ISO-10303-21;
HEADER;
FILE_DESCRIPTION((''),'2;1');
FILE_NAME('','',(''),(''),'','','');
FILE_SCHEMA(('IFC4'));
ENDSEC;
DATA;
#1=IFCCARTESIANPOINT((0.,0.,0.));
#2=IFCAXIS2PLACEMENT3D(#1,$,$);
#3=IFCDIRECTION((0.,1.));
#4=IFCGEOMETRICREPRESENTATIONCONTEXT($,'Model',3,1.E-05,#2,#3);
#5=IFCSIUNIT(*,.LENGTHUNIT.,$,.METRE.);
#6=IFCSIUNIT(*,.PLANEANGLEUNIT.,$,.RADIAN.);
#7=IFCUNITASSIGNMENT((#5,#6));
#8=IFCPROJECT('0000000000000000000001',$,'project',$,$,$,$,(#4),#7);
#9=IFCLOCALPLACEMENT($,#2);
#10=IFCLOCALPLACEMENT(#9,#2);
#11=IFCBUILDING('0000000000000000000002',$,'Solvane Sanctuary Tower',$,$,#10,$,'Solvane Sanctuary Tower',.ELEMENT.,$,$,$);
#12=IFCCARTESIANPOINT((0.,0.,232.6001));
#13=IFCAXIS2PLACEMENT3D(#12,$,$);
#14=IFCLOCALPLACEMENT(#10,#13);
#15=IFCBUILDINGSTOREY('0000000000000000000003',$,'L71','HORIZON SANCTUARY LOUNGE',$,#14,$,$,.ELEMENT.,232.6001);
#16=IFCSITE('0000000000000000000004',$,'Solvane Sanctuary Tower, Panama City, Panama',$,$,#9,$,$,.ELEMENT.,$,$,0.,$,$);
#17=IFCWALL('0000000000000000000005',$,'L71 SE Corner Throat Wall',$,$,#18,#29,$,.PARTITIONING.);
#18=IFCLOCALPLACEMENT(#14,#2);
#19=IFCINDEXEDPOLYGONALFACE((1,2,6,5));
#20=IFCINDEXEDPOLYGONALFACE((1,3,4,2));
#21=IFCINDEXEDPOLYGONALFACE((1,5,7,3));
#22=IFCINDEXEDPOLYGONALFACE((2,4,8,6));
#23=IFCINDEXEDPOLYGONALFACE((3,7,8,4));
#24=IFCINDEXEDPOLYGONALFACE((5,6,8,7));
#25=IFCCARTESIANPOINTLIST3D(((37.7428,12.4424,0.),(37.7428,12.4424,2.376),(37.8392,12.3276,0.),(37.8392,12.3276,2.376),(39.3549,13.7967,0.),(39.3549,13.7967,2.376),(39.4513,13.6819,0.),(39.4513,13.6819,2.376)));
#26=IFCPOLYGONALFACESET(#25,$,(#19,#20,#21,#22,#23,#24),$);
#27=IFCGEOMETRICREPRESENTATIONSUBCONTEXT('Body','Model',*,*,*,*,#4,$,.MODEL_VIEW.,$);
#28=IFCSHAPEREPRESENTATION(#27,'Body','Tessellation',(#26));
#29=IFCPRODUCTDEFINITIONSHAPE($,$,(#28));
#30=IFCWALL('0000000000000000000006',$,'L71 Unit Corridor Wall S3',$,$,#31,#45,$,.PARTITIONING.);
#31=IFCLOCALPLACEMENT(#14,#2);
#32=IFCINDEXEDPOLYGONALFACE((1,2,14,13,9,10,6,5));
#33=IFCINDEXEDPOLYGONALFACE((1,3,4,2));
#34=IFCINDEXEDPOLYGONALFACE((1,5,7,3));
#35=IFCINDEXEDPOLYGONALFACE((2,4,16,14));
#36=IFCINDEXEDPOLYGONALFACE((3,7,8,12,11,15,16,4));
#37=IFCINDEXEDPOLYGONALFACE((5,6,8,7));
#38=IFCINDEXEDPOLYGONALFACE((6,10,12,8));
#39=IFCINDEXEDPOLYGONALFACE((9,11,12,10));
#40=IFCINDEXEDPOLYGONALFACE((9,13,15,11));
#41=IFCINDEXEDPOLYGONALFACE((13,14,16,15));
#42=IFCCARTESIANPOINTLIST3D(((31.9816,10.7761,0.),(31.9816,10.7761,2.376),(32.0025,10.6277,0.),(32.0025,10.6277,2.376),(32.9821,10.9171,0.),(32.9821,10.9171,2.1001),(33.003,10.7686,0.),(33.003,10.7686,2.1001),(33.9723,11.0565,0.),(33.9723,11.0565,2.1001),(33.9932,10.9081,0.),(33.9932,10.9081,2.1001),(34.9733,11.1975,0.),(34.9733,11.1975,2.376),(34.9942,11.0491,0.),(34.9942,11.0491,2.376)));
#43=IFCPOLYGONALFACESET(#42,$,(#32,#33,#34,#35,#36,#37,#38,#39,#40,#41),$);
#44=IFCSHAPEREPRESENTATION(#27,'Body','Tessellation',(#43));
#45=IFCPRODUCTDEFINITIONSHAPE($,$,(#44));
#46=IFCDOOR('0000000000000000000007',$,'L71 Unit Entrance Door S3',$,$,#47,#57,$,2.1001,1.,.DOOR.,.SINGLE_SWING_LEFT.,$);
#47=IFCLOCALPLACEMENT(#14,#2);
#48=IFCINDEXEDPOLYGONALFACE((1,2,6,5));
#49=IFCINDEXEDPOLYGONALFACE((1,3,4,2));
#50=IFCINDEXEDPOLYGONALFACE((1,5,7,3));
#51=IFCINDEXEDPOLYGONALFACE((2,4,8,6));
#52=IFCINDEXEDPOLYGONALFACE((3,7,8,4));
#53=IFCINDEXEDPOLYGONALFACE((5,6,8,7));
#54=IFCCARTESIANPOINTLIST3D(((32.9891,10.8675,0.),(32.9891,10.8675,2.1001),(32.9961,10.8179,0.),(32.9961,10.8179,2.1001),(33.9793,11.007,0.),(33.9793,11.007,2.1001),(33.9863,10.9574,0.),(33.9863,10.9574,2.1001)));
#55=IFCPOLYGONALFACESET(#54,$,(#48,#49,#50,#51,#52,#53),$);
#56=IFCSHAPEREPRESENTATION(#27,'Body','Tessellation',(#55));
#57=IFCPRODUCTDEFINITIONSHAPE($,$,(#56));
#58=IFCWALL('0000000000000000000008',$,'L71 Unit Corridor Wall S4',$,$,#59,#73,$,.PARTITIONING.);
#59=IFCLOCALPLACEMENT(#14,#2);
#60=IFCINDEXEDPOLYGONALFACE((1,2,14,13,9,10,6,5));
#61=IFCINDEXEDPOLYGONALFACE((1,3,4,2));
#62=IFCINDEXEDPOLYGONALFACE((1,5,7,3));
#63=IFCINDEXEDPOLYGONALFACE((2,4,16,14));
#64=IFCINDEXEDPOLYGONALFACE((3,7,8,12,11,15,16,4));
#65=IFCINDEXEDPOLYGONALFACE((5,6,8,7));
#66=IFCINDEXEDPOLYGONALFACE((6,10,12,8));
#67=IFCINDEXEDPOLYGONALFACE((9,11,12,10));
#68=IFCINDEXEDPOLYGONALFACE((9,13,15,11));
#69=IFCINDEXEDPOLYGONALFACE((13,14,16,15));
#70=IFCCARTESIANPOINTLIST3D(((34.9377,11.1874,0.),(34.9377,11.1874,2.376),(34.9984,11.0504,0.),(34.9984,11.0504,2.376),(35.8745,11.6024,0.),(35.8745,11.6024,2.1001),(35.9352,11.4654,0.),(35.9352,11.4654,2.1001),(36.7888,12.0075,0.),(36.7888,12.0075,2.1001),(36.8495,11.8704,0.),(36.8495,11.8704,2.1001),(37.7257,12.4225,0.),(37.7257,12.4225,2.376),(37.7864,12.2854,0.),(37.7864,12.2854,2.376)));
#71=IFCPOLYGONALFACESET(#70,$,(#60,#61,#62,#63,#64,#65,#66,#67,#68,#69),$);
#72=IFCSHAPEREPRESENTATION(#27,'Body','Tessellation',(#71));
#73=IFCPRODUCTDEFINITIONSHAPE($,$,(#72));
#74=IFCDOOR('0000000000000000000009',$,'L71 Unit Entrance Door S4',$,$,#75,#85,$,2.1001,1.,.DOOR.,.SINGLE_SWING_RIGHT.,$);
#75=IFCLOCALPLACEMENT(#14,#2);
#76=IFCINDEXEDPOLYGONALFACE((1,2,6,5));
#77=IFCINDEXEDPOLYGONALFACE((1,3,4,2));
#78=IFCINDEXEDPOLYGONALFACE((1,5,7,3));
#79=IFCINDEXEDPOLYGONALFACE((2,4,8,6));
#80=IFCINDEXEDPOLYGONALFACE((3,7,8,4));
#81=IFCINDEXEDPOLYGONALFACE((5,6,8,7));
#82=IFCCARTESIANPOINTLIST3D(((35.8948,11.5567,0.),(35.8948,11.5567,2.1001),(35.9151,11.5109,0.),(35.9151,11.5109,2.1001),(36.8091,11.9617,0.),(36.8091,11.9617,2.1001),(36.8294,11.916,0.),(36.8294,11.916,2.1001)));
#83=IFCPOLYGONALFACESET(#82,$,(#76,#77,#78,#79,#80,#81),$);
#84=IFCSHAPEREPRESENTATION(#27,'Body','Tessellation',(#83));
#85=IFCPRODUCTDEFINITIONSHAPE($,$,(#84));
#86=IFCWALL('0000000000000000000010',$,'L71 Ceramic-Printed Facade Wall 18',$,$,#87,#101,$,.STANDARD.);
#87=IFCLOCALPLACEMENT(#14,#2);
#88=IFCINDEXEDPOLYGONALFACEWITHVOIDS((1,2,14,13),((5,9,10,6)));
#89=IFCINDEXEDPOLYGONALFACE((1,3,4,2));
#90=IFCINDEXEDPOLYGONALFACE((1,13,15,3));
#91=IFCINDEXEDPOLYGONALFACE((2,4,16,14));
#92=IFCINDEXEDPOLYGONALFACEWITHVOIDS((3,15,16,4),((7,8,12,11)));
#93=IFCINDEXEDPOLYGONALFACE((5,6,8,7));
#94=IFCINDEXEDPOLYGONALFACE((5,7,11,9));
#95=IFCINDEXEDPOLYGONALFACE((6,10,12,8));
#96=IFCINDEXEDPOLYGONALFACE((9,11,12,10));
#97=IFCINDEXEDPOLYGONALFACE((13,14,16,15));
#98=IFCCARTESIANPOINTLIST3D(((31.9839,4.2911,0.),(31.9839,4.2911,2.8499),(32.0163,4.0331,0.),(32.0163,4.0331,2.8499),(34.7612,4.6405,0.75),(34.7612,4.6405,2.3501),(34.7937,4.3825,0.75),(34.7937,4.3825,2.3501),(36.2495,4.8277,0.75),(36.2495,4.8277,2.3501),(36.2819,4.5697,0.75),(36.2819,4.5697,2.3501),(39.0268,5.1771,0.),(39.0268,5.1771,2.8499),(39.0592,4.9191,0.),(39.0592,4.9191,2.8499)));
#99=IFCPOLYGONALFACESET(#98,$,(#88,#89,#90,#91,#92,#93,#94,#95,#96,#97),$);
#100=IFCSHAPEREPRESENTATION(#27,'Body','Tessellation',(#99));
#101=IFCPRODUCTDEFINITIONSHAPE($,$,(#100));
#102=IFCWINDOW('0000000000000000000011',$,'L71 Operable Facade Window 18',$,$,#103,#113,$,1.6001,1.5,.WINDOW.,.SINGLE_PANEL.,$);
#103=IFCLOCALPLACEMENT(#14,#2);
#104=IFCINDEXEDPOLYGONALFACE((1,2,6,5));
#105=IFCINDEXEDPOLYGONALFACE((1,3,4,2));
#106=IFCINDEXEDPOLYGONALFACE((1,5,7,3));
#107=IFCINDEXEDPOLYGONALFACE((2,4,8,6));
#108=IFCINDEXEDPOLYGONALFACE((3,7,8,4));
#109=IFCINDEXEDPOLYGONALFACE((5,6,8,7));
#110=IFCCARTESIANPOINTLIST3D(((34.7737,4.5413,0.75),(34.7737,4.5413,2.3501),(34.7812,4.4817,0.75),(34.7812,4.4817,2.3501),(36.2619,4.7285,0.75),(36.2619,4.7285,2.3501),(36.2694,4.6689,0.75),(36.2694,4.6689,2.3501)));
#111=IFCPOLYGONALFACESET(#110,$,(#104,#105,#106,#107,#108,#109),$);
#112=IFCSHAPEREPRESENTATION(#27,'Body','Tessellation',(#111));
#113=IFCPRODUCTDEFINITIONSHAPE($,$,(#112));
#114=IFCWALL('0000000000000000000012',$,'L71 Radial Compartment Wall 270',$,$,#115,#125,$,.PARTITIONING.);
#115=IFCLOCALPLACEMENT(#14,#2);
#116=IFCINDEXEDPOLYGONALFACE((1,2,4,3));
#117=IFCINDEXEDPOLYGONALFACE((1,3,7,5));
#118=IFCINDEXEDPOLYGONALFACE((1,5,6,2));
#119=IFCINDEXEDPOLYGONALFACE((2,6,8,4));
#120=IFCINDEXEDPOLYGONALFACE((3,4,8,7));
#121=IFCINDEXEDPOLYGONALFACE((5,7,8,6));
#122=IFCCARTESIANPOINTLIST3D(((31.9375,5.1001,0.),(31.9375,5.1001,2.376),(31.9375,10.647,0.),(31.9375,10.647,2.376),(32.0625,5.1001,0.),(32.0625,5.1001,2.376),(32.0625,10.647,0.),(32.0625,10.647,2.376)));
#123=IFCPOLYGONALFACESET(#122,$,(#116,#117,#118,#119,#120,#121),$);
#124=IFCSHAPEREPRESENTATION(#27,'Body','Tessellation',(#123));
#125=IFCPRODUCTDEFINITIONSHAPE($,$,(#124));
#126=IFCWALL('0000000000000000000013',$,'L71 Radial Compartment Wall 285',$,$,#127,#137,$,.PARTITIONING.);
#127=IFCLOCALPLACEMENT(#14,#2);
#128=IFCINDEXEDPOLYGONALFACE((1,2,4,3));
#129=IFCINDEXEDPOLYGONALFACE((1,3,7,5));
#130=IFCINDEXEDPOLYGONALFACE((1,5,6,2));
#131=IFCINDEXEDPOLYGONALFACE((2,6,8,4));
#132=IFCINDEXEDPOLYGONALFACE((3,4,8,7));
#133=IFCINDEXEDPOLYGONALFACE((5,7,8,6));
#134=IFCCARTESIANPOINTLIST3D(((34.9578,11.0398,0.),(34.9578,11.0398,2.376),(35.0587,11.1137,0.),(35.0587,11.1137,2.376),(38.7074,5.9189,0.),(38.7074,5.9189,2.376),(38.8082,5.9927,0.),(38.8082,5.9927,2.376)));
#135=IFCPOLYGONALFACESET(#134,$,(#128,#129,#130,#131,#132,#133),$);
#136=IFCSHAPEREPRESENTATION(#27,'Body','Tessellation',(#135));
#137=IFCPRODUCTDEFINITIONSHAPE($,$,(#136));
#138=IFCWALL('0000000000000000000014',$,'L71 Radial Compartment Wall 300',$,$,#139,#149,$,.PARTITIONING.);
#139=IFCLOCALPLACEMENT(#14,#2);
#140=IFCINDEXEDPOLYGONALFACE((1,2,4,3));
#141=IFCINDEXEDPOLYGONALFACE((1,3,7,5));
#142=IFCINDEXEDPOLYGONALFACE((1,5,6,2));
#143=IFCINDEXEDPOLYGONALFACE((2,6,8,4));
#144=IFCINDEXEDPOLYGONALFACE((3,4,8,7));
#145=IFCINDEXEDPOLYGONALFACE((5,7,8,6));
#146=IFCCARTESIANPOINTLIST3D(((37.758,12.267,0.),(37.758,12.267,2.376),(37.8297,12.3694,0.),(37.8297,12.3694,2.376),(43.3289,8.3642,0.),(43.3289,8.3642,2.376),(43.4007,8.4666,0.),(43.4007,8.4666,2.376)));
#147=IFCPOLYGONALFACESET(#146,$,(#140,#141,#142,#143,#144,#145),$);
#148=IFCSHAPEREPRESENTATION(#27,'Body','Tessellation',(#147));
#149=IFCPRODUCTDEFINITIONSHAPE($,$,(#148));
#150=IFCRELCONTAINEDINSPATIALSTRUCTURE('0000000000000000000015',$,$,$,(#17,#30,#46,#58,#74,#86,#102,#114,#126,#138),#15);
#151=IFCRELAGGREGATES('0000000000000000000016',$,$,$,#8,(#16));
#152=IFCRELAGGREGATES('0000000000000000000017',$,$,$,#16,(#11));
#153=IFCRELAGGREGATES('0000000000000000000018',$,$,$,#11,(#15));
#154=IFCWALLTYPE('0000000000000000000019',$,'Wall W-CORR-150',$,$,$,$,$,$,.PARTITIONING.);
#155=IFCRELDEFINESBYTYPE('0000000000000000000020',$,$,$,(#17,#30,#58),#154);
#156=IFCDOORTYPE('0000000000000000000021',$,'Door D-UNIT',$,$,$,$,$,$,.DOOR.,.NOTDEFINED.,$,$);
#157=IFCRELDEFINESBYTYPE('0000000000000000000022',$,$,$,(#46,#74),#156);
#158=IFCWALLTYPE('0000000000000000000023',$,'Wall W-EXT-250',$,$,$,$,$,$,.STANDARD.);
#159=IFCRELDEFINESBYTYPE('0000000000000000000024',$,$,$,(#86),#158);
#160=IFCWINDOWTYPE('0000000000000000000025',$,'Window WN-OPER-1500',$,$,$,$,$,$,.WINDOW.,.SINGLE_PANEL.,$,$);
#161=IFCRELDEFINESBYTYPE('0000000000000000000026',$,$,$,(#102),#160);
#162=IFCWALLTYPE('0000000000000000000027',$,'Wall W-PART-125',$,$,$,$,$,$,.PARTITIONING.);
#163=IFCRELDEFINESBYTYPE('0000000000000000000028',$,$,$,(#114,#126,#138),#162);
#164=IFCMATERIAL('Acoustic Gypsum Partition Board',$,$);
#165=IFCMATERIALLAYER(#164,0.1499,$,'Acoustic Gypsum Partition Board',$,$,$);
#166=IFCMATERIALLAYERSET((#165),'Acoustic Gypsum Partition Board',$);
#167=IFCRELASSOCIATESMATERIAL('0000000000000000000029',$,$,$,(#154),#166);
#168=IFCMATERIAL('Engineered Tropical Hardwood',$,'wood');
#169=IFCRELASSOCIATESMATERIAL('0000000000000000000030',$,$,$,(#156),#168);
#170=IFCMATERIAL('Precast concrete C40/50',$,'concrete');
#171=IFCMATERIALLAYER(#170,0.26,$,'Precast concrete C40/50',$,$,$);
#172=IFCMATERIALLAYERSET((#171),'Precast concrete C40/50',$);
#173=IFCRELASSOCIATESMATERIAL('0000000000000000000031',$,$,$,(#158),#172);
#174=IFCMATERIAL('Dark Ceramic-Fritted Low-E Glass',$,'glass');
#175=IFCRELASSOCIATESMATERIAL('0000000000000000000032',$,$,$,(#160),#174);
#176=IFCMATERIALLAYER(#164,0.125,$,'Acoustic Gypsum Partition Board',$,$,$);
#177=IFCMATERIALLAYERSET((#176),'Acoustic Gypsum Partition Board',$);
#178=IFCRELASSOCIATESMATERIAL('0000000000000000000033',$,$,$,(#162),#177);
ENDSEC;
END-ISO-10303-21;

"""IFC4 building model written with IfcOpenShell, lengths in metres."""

from ifc_helpers import new_model, si_unit, direction, frame, frame_2d, origin, place, context, subcontext, project, spatial, rectangle, extrude, material, layer, layer_set, type_object, element, fill, save


model = new_model("IFC4")

# Units and contexts
model_context = context("Model", 3, precision=1e-05, world=origin(), true_north=direction((0.0, 1.0)))
body_context = subcontext(model_context, "Body", "Model", "MODEL_VIEW")
ifc_project = project(units=[si_unit("LENGTHUNIT", "METRE"), si_unit("PLANEANGLEUNIT", "RADIAN")], contexts=[model_context])

# Site, building, storey
site_placement = place(None, origin())
site = spatial("IfcSite", under=ifc_project, at=site_placement, Name="Solvane Sanctuary Tower, Panama City, Panama", CompositionType="ELEMENT", RefElevation=0.0)
building_placement = place(site_placement, origin())
building = spatial("IfcBuilding", under=site, at=building_placement, Name="Solvane Sanctuary Tower", LongName="Solvane Sanctuary Tower", CompositionType="ELEMENT")
storey_placement = place(building_placement, frame((0.0, 0.0, 232.6001)))
storey = spatial("IfcBuildingStorey", under=building, at=storey_placement, Name="L71", Description="HORIZON SANCTUARY LOUNGE", CompositionType="ELEMENT", Elevation=232.6001)

# Shared definitions
ifc_material_1 = material(Name="Acoustic Gypsum Partition Board")
ifc_layer_1 = layer(ifc_material_1, 0.1499, Name="Acoustic Gypsum Partition Board")
ifc_layer_set_1 = layer_set([ifc_layer_1], Name="Acoustic Gypsum Partition Board")
wall_type_1 = type_object("IfcWallType", Name="Wall W-CORR-150", PredefinedType="PARTITIONING", material=ifc_layer_set_1)

# Shared definitions
ifc_material_2 = material(Name="Engineered Tropical Hardwood", Category="wood")

# Wall
wall_1_placement = place(storey_placement, frame((37.791, 12.385, 0.0), z_axis=(0.0, 0.0, 1.0), x_axis=(0.765677, 0.643225, 0.0)))
element("IfcWall", 1, at=wall_1_placement, inside=storey, type_object=wall_type_1, Name="L71 SE Corner Throat Wall", PredefinedType="PARTITIONING", context=body_context, shape_type="SweptSolid", body=[
    extrude(rectangle(XDim=2.1055, YDim=0.1499, at=frame_2d((1.0527, 0.0))), origin(), (0.0, 0.0, 1.0), 2.376),
])

# Walls, openings, doors
wall_2_placement = place(storey_placement, frame((31.9919, 10.7019, 0.0), z_axis=(0.0, 0.0, 1.0), x_axis=(0.990226, 0.139475, 0.0)))
wall_2 = element("IfcWall", 2, at=wall_2_placement, inside=storey, type_object=wall_type_1, Name="L71 Unit Corridor Wall S3", PredefinedType="PARTITIONING", context=body_context, shape_type="SweptSolid", body=[
    extrude(rectangle(XDim=3.0212, YDim=0.1499, at=frame_2d((1.5107, 0.0))), origin(), (0.0, 0.0, 1.0), 2.376),
])
opening_1_placement = place(wall_2_placement, frame((1.0105, 0.0, 0.0)))
opening_1 = element("IfcOpeningElement", 3, at=opening_1_placement, cuts=wall_2, PredefinedType="OPENING", context=body_context, shape_type="SweptSolid", body=[
    extrude(rectangle(XDim=1.0, YDim=2.1001, at=frame_2d((0.5, 1.05))), frame((0.0, 0.085, 0.0), z_axis=(0.0, -1.0, 0.0), x_axis=(1.0, 0.0, 0.0)), (0.0, 0.0, 1.0), 0.1699),
])
door_type_1 = type_object("IfcDoorType", Name="Door D-UNIT", OperationType="NOTDEFINED", PredefinedType="DOOR", material=ifc_material_2)
door_1_placement = place(opening_1_placement, origin())
door_1 = element("IfcDoor", 4, at=door_1_placement, inside=storey, type_object=door_type_1, Name="L71 Unit Entrance Door S3", OperationType="SINGLE_SWING_LEFT", OverallHeight=2.1001, OverallWidth=1.0, PredefinedType="DOOR", context=body_context, shape_type="SweptSolid", body=[
    extrude(rectangle(XDim=1.0, YDim=2.1001, at=frame_2d((0.5, 1.05))), frame((0.0, 0.0249, 0.0), z_axis=(0.0, -1.0, 0.0), x_axis=(1.0, 0.0, 0.0)), (0.0, 0.0, 1.0), 0.05),
])
fill(opening_1, door_1)
wall_3_placement = place(storey_placement, frame((34.968, 11.1189, 0.0), z_axis=(0.0, 0.0, 1.0), x_axis=(0.914303, 0.405031, 0.0)))
wall_3 = element("IfcWall", 5, at=wall_3_placement, inside=storey, type_object=wall_type_1, Name="L71 Unit Corridor Wall S4", PredefinedType="PARTITIONING", context=body_context, shape_type="SweptSolid", body=[
    extrude(rectangle(XDim=3.0493, YDim=0.1499, at=frame_2d((1.5247, 0.0))), origin(), (0.0, 0.0, 1.0), 2.376),
])
opening_2_placement = place(wall_3_placement, frame((1.0247, 0.0, 0.0)))
opening_2 = element("IfcOpeningElement", 6, at=opening_2_placement, cuts=wall_3, PredefinedType="OPENING", context=body_context, shape_type="SweptSolid", body=[
    extrude(rectangle(XDim=1.0, YDim=2.1001, at=frame_2d((0.5, 1.05))), frame((0.0, 0.085, 0.0), z_axis=(0.0, -1.0, 0.0), x_axis=(1.0, 0.0, 0.0)), (0.0, 0.0, 1.0), 0.1699),
])
door_2_placement = place(opening_2_placement, origin())
door_2 = element("IfcDoor", 7, at=door_2_placement, inside=storey, type_object=door_type_1, Name="L71 Unit Entrance Door S4", OperationType="SINGLE_SWING_RIGHT", OverallHeight=2.1001, OverallWidth=1.0, PredefinedType="DOOR", context=body_context, shape_type="SweptSolid", body=[
    extrude(rectangle(XDim=1.0, YDim=2.1001, at=frame_2d((0.5, 1.05))), frame((0.0, 0.0249, 0.0), z_axis=(0.0, -1.0, 0.0), x_axis=(1.0, 0.0, 0.0)), (0.0, 0.0, 1.0), 0.05),
])
fill(opening_2, door_2)

# Wall, opening, window
ifc_material_3 = material(Name="Precast concrete C40/50", Category="concrete")
ifc_layer_2 = layer(ifc_material_3, 0.26, Name="Precast concrete C40/50")
ifc_layer_set_2 = layer_set([ifc_layer_2], Name="Precast concrete C40/50")
wall_type_2 = type_object("IfcWallType", Name="Wall W-EXT-250", PredefinedType="STANDARD", material=ifc_layer_set_2)
wall_4_placement = place(storey_placement, frame((32.0, 4.1621, 0.0), z_axis=(0.0, 0.0, 1.0), x_axis=(0.99218, 0.124814, 0.0)))
wall_4 = element("IfcWall", 8, at=wall_4_placement, inside=storey, type_object=wall_type_2, Name="L71 Ceramic-Printed Facade Wall 18", PredefinedType="STANDARD", context=body_context, shape_type="SweptSolid", body=[
    extrude(rectangle(XDim=7.0984, YDim=0.26, at=frame_2d((3.5493, 0.0))), origin(), (0.0, 0.0, 1.0), 2.8499),
])
opening_3_placement = place(wall_4_placement, frame((2.7993, 0.0, 0.75)))
opening_3 = element("IfcOpeningElement", 9, at=opening_3_placement, cuts=wall_4, PredefinedType="OPENING", context=body_context, shape_type="SweptSolid", body=[
    extrude(rectangle(XDim=1.5, YDim=1.6001, at=frame_2d((0.75, 0.8))), frame((0.0, 0.1399, 0.0), z_axis=(0.0, -1.0, 0.0), x_axis=(1.0, 0.0, 0.0)), (0.0, 0.0, 1.0), 0.28),
])
ifc_material_4 = material(Name="Dark Ceramic-Fritted Low-E Glass", Category="glass")
window_type = type_object("IfcWindowType", Name="Window WN-OPER-1500", PartitioningType="SINGLE_PANEL", PredefinedType="WINDOW", material=ifc_material_4)
window_placement = place(opening_3_placement, origin())
window = element("IfcWindow", 10, at=window_placement, inside=storey, type_object=window_type, Name="L71 Operable Facade Window 18", OverallHeight=1.6001, OverallWidth=1.5, PartitioningType="SINGLE_PANEL", PredefinedType="WINDOW", context=body_context, shape_type="SweptSolid", body=[
    extrude(rectangle(XDim=1.5, YDim=1.6001, at=frame_2d((0.75, 0.8))), frame((0.0, 0.03, 0.0), z_axis=(0.0, -1.0, 0.0), x_axis=(1.0, 0.0, 0.0)), (0.0, 0.0, 1.0), 0.0601),
])
fill(opening_3, window)

# Walls
ifc_layer_3 = layer(ifc_material_1, 0.125, Name="Acoustic Gypsum Partition Board")
ifc_layer_set_3 = layer_set([ifc_layer_3], Name="Acoustic Gypsum Partition Board")
wall_type_3 = type_object("IfcWallType", Name="Wall W-PART-125", PredefinedType="PARTITIONING", material=ifc_layer_set_3)
wall_5_placement = place(storey_placement, frame((32.0, 10.647, 0.0), z_axis=(0.0, 0.0, 1.0), x_axis=(0.0, -1.0, 0.0)))
element("IfcWall", 11, at=wall_5_placement, inside=storey, type_object=wall_type_3, Name="L71 Radial Compartment Wall 270", PredefinedType="PARTITIONING", context=body_context, shape_type="SweptSolid", body=[
    extrude(rectangle(XDim=5.5469, YDim=0.125, at=frame_2d((2.7734, 0.0))), origin(), (0.0, 0.0, 1.0), 2.376),
])
wall_6_placement = place(storey_placement, frame((35.0083, 11.0767, 0.0), z_axis=(0.0, 0.0, 1.0), x_axis=(0.590771, -0.806839, 0.0)))
element("IfcWall", 12, at=wall_6_placement, inside=storey, type_object=wall_type_3, Name="L71 Radial Compartment Wall 285", PredefinedType="PARTITIONING", context=body_context, shape_type="SweptSolid", body=[
    extrude(rectangle(XDim=6.3469, YDim=0.125, at=frame_2d((3.1733, 0.0))), origin(), (0.0, 0.0, 1.0), 2.376),
])
wall_7_placement = place(storey_placement, frame((37.7939, 12.3181, 0.0), z_axis=(0.0, 0.0, 1.0), x_axis=(0.819018, -0.573768, 0.0)))
element("IfcWall", 13, at=wall_7_placement, inside=storey, type_object=wall_type_3, Name="L71 Radial Compartment Wall 300", PredefinedType="PARTITIONING", context=body_context, shape_type="SweptSolid", body=[
    extrude(rectangle(XDim=6.802, YDim=0.125, at=frame_2d((3.4009, 0.0))), origin(), (0.0, 0.0, 1.0), 2.376),
])

save(model, "model.ifc")
